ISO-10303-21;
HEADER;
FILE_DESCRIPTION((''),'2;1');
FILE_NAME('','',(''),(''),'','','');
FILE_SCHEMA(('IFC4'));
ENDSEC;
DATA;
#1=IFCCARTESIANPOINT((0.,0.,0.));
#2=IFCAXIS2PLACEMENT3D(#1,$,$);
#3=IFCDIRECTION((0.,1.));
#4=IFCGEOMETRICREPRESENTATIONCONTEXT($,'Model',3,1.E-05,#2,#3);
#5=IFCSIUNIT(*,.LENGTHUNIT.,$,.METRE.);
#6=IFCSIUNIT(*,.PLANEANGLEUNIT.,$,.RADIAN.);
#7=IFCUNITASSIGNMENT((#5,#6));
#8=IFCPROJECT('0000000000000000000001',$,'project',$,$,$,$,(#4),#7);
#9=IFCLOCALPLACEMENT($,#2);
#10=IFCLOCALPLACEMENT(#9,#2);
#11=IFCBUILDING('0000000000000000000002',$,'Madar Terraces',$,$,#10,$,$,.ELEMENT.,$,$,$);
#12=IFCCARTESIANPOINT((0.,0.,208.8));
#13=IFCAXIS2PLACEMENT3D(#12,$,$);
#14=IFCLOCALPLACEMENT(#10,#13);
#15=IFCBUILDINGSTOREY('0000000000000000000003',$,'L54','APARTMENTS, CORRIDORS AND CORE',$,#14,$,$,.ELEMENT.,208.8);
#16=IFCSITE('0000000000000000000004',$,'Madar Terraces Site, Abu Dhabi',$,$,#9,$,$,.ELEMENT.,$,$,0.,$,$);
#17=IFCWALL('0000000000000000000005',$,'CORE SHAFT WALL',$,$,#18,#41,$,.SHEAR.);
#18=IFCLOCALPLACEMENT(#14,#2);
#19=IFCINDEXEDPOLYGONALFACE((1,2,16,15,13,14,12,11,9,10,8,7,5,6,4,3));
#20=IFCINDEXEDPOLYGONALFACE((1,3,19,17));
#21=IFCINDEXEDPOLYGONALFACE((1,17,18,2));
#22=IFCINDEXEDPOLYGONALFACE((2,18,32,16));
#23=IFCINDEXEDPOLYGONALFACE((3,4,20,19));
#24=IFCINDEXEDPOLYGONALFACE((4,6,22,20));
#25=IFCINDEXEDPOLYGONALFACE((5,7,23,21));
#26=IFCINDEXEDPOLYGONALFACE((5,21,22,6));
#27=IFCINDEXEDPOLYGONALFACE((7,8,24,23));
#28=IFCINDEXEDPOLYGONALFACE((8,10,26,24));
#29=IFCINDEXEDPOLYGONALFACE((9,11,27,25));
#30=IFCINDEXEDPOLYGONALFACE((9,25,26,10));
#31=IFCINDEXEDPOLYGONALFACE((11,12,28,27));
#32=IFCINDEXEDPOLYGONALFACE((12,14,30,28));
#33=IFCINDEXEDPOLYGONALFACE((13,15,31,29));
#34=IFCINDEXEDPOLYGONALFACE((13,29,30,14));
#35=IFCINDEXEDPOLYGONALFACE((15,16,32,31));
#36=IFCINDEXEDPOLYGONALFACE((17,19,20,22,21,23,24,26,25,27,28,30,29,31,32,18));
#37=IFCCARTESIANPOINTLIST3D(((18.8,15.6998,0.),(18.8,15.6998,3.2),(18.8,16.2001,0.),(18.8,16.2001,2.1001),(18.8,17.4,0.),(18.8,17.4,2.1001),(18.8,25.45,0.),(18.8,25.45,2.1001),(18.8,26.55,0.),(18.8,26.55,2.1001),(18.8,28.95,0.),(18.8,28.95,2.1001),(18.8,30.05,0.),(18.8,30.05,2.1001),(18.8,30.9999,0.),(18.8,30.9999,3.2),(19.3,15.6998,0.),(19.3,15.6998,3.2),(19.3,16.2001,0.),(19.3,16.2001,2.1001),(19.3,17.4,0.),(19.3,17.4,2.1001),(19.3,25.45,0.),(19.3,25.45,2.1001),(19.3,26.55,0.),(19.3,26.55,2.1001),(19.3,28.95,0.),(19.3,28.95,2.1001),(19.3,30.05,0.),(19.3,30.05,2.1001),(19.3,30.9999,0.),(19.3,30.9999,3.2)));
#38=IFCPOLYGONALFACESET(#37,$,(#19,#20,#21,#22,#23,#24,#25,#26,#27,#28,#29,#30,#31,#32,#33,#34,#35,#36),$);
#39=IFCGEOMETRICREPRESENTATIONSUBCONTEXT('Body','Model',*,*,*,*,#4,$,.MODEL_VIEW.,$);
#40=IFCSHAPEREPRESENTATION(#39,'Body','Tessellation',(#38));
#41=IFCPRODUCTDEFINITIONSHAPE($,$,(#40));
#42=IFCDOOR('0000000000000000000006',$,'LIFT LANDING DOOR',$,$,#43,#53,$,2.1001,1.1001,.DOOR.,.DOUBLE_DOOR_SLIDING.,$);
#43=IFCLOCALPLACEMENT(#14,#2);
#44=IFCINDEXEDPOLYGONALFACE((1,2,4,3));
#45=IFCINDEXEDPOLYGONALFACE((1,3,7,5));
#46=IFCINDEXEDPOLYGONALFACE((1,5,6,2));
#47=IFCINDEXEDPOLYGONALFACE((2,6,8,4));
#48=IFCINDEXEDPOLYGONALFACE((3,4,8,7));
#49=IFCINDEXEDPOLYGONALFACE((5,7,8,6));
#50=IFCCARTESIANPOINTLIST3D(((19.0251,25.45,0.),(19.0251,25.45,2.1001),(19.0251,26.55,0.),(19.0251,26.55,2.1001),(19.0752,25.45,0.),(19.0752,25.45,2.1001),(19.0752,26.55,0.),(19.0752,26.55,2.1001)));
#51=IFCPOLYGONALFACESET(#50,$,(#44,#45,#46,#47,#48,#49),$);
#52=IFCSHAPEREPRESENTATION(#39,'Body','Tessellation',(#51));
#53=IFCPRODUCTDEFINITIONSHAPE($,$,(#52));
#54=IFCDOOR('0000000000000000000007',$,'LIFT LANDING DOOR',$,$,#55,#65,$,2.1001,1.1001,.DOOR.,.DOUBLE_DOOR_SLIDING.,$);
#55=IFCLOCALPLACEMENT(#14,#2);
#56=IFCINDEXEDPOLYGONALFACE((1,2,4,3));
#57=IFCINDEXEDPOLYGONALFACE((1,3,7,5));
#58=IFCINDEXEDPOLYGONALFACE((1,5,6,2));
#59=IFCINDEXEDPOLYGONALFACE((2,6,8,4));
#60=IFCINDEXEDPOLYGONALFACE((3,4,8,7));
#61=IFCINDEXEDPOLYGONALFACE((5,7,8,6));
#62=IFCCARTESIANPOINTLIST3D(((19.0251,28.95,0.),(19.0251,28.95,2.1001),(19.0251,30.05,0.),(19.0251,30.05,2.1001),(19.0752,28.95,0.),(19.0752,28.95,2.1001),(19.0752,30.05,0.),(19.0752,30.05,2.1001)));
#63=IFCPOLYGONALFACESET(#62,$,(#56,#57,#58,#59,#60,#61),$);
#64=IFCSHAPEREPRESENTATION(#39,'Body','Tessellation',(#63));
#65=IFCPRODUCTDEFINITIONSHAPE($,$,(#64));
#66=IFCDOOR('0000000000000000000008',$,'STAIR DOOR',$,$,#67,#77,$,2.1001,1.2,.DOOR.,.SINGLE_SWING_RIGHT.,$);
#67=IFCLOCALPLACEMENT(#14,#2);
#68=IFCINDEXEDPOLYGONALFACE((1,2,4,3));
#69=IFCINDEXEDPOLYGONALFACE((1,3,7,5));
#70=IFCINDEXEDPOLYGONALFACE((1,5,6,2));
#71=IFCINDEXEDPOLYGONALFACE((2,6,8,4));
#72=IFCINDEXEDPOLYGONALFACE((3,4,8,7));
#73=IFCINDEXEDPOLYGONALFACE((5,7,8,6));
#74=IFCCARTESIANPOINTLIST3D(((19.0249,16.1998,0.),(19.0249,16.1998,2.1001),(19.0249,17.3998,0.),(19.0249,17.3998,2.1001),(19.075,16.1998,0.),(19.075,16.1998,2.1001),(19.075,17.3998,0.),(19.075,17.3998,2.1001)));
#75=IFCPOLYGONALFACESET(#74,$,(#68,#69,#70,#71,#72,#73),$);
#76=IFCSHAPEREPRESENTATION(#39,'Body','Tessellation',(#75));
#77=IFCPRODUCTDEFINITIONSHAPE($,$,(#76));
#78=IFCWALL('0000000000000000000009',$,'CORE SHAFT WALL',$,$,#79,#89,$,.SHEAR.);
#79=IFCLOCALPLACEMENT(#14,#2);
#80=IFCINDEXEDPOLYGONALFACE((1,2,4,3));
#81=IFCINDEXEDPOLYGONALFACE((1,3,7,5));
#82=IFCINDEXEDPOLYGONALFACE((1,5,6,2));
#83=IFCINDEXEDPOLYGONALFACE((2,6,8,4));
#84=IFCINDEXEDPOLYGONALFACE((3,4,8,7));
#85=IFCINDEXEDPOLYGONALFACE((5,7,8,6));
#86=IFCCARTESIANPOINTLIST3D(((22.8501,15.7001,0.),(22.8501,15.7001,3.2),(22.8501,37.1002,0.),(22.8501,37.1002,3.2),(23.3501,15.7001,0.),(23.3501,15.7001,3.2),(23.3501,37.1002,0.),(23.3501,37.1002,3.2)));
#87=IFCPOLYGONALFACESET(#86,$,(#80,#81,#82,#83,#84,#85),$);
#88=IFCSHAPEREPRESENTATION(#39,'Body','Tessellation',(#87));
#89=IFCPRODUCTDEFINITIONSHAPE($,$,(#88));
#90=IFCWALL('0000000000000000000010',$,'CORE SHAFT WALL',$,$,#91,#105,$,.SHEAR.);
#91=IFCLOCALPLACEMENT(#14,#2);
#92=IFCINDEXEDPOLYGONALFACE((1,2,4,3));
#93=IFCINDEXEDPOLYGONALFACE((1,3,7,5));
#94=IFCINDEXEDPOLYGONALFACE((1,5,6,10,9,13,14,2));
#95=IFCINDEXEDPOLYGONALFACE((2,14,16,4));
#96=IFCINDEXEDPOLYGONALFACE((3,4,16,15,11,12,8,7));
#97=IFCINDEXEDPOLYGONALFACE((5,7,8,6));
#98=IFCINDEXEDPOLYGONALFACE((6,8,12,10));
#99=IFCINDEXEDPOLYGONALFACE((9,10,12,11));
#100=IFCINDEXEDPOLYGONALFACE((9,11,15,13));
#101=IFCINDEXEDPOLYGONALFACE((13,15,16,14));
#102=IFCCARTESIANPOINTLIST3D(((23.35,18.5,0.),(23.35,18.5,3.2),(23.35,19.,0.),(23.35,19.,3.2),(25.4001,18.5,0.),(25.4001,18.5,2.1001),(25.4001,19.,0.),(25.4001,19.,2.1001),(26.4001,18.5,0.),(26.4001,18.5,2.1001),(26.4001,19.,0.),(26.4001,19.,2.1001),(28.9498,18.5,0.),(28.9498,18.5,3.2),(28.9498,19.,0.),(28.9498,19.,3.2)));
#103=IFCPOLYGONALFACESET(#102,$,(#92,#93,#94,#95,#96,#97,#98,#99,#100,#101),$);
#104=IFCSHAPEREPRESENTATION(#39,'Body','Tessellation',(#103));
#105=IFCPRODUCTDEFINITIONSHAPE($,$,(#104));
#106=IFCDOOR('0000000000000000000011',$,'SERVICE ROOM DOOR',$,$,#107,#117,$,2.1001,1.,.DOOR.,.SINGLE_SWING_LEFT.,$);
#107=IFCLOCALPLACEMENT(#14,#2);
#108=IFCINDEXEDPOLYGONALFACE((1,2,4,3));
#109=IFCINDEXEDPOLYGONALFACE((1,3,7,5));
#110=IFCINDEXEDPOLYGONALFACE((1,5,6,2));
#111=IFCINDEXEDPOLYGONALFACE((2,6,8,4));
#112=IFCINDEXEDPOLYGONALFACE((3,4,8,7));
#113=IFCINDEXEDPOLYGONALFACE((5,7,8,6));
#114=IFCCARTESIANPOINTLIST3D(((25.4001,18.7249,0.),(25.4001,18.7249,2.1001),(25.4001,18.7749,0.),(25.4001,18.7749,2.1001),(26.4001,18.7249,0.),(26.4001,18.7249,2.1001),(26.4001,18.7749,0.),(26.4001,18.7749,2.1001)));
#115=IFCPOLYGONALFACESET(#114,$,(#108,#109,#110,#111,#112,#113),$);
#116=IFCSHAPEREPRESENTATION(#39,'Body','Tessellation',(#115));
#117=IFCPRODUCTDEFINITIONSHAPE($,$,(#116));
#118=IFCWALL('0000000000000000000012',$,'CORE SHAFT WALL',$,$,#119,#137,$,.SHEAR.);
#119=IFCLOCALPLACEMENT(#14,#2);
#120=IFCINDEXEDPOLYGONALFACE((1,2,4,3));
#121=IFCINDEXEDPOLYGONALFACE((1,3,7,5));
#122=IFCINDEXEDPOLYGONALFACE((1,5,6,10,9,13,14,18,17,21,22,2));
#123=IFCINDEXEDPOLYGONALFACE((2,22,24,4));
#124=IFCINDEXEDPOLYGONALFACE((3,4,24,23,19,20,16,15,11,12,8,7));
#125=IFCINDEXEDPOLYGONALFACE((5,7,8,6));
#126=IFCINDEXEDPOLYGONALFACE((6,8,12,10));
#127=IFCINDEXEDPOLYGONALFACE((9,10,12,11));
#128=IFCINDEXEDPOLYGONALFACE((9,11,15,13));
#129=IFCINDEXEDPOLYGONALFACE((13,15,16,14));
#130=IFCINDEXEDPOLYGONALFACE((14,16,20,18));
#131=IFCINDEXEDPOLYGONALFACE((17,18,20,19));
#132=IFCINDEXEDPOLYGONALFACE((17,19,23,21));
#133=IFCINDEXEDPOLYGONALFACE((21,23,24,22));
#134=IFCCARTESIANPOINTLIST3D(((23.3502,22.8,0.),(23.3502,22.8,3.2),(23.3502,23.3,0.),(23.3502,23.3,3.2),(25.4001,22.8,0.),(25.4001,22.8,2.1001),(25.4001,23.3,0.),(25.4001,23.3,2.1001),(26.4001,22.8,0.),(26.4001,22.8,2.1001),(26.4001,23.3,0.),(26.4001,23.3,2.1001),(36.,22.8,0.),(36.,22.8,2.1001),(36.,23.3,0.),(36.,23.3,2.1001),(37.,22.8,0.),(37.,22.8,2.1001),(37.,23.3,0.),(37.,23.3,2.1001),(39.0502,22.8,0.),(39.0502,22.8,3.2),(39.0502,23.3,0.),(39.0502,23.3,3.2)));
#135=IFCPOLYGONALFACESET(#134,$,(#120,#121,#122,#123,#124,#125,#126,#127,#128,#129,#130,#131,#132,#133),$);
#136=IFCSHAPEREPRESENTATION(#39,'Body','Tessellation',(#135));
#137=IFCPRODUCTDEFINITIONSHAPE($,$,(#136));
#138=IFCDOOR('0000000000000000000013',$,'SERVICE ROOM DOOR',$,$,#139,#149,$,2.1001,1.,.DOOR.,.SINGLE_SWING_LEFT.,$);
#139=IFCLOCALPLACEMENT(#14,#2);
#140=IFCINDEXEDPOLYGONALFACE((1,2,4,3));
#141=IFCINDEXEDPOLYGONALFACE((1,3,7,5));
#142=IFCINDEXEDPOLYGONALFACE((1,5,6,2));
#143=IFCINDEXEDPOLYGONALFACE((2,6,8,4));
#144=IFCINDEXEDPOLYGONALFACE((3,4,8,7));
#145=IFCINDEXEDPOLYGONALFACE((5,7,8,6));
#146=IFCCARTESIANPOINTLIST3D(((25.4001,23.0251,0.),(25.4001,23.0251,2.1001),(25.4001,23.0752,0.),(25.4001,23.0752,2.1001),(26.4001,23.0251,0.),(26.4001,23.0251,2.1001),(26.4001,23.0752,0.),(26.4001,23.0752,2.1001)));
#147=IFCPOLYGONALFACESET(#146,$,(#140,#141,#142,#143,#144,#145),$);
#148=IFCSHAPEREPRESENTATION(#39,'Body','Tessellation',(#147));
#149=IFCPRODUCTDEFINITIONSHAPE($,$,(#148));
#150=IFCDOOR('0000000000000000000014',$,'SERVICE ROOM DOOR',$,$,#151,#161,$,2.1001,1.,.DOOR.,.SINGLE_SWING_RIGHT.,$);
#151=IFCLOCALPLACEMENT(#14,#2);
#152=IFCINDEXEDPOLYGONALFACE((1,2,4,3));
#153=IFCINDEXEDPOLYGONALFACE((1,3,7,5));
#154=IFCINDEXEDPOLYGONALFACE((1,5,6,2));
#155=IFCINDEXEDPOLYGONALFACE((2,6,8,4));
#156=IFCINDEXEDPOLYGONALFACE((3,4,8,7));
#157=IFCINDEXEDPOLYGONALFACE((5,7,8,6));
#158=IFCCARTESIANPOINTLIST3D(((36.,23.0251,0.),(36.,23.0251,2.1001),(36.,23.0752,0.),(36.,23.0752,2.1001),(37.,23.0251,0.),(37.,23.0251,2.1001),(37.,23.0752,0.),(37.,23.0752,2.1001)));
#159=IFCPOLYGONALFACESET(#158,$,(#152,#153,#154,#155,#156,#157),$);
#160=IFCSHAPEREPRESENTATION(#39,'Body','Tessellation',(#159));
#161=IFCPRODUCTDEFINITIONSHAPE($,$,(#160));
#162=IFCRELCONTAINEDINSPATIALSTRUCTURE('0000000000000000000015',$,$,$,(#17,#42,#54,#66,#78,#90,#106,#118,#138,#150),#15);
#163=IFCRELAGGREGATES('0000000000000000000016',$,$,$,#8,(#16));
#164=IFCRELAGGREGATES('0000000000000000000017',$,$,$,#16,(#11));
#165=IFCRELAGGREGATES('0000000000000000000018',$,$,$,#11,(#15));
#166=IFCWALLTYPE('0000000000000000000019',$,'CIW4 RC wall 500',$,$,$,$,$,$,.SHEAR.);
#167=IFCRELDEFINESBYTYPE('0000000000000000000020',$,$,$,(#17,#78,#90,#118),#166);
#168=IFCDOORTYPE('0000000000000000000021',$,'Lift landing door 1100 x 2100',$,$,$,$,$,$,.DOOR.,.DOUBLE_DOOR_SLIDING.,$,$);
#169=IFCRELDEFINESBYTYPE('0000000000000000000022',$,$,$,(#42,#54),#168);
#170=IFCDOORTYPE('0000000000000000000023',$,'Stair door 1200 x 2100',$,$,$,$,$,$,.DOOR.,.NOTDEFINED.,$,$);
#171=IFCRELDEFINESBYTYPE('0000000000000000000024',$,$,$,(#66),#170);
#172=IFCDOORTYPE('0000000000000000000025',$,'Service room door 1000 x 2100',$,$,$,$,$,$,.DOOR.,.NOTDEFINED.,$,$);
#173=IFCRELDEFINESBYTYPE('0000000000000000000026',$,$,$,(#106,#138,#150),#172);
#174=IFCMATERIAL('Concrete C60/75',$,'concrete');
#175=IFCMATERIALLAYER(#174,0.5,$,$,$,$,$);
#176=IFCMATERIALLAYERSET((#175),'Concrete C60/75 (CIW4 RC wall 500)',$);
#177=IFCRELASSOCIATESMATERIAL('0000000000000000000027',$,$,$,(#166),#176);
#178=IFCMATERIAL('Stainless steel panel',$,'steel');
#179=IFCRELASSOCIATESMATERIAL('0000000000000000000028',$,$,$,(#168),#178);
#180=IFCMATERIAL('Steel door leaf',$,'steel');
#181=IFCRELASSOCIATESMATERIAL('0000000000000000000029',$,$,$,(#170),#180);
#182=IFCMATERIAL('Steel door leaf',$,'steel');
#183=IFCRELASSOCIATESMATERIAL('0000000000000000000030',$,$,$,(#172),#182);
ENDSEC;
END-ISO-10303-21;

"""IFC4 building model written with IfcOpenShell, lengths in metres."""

from ifc_helpers import new_model, si_unit, direction, frame, frame_2d, origin, place, context, subcontext, project, spatial, rectangle, extrude, material, layer, layer_set, type_object, element, fill, save


model = new_model("IFC4")

# Units and contexts
model_context = context("Model", 3, precision=1e-05, world=origin(), true_north=direction((0.0, 1.0)))
body_context = subcontext(model_context, "Body", "Model", "MODEL_VIEW")
ifc_project = project(units=[si_unit("LENGTHUNIT", "METRE"), si_unit("PLANEANGLEUNIT", "RADIAN")], contexts=[model_context])

# Site, building, storey
site_placement = place(None, origin())
site = spatial("IfcSite", under=ifc_project, at=site_placement, Name="Madar Terraces Site, Abu Dhabi", CompositionType="ELEMENT", RefElevation=0.0)
building_placement = place(site_placement, origin())
building = spatial("IfcBuilding", under=site, at=building_placement, Name="Madar Terraces", CompositionType="ELEMENT")
storey_placement = place(building_placement, frame((0.0, 0.0, 208.8)))
storey = spatial("IfcBuildingStorey", under=building, at=storey_placement, Name="L54", Description="APARTMENTS, CORRIDORS AND CORE", CompositionType="ELEMENT", Elevation=208.8)

# Wall, openings, doors
ifc_material_1 = material(Name="Concrete C60/75", Category="concrete")
ifc_layer_1 = layer(ifc_material_1, 0.5)
ifc_layer_set_1 = layer_set([ifc_layer_1], Name="Concrete C60/75 (CIW4 RC wall 500)")
wall_type_1 = type_object("IfcWallType", Name="CIW4 RC wall 500", PredefinedType="SHEAR", material=ifc_layer_set_1)
wall_1_placement = place(storey_placement, frame((19.05, 15.7, 0.0), z_axis=(0.0, 0.0, 1.0), x_axis=(0.0, 1.0, 0.0)))
wall_1 = element("IfcWall", 1, at=wall_1_placement, inside=storey, type_object=wall_type_1, Name="CORE SHAFT WALL", PredefinedType="SHEAR", context=body_context, shape_type="SweptSolid", body=[
    extrude(rectangle(XDim=15.3, YDim=0.5, at=frame_2d((7.6499, 0.0))), origin(), (0.0, 0.0, 1.0), 3.2),
])
opening_1_placement = place(wall_1_placement, frame((9.75, 0.0, 0.0)))
opening_1 = element("IfcOpeningElement", 2, at=opening_1_placement, cuts=wall_1, PredefinedType="OPENING", context=body_context, shape_type="SweptSolid", body=[
    extrude(rectangle(XDim=1.1001, YDim=2.1001, at=frame_2d((0.55, 1.05))), frame((0.0, 0.26, 0.0), z_axis=(0.0, -1.0, 0.0), x_axis=(1.0, 0.0, 0.0)), (0.0, 0.0, 1.0), 0.52),
])
opening_2_placement = place(wall_1_placement, frame((13.25, 0.0, 0.0)))
opening_2 = element("IfcOpeningElement", 3, at=opening_2_placement, cuts=wall_1, PredefinedType="OPENING", context=body_context, shape_type="SweptSolid", body=[
    extrude(rectangle(XDim=1.1001, YDim=2.1001, at=frame_2d((0.55, 1.05))), frame((0.0, 0.26, 0.0), z_axis=(0.0, -1.0, 0.0), x_axis=(1.0, 0.0, 0.0)), (0.0, 0.0, 1.0), 0.52),
])
opening_3_placement = place(wall_1_placement, frame((0.5, 0.0, 0.0)))
opening_3 = element("IfcOpeningElement", 4, at=opening_3_placement, cuts=wall_1, PredefinedType="OPENING", context=body_context, shape_type="SweptSolid", body=[
    extrude(rectangle(XDim=1.2, YDim=2.1001, at=frame_2d((0.6001, 1.05))), frame((0.0, 0.26, 0.0), z_axis=(0.0, -1.0, 0.0), x_axis=(1.0, 0.0, 0.0)), (0.0, 0.0, 1.0), 0.52),
])
ifc_material_2 = material(Name="Stainless steel panel", Category="steel")
door_type_1 = type_object("IfcDoorType", Name="Lift landing door 1100 x 2100", OperationType="DOUBLE_DOOR_SLIDING", PredefinedType="DOOR", material=ifc_material_2)
door_1_placement = place(opening_1_placement, origin())
door_1 = element("IfcDoor", 5, at=door_1_placement, inside=storey, type_object=door_type_1, Name="LIFT LANDING DOOR", OperationType="DOUBLE_DOOR_SLIDING", OverallHeight=2.1001, OverallWidth=1.1001, PredefinedType="DOOR", context=body_context, shape_type="SweptSolid", body=[
    extrude(rectangle(XDim=1.1001, YDim=2.1001, at=frame_2d((0.55, 1.05))), frame((0.0, 0.0249, 0.0), z_axis=(0.0, -1.0, 0.0), x_axis=(1.0, 0.0, 0.0)), (0.0, 0.0, 1.0), 0.05),
])
fill(opening_1, door_1)
door_2_placement = place(opening_2_placement, origin())
door_2 = element("IfcDoor", 6, at=door_2_placement, inside=storey, type_object=door_type_1, Name="LIFT LANDING DOOR", OperationType="DOUBLE_DOOR_SLIDING", OverallHeight=2.1001, OverallWidth=1.1001, PredefinedType="DOOR", context=body_context, shape_type="SweptSolid", body=[
    extrude(rectangle(XDim=1.1001, YDim=2.1001, at=frame_2d((0.55, 1.05))), frame((0.0, 0.0249, 0.0), z_axis=(0.0, -1.0, 0.0), x_axis=(1.0, 0.0, 0.0)), (0.0, 0.0, 1.0), 0.05),
])
fill(opening_2, door_2)
ifc_material_3 = material(Name="Steel door leaf", Category="steel")
door_type_2 = type_object("IfcDoorType", Name="Stair door 1200 x 2100", OperationType="NOTDEFINED", PredefinedType="DOOR", material=ifc_material_3)
door_3_placement = place(opening_3_placement, frame((1.2, 0.0, 0.0), z_axis=(0.0, 0.0, 1.0), x_axis=(-1.0, 0.0, 0.0)))
door_3 = element("IfcDoor", 7, at=door_3_placement, inside=storey, type_object=door_type_2, Name="STAIR DOOR", OperationType="SINGLE_SWING_RIGHT", OverallHeight=2.1001, OverallWidth=1.2, PredefinedType="DOOR", context=body_context, shape_type="SweptSolid", body=[
    extrude(rectangle(XDim=1.2, YDim=2.1001, at=frame_2d((0.6001, 1.05))), frame((0.0, 0.0249, 0.0), z_axis=(0.0, -1.0, 0.0), x_axis=(1.0, 0.0, 0.0)), (0.0, 0.0, 1.0), 0.05),
])
fill(opening_3, door_3)

# Wall
wall_2_placement = place(storey_placement, frame((23.1001, 15.7, 0.0), z_axis=(0.0, 0.0, 1.0), x_axis=(0.0, 1.0, 0.0)))
element("IfcWall", 8, at=wall_2_placement, inside=storey, type_object=wall_type_1, Name="CORE SHAFT WALL", PredefinedType="SHEAR", context=body_context, shape_type="SweptSolid", body=[
    extrude(rectangle(XDim=21.4001, YDim=0.5, at=frame_2d((10.7002, 0.0))), origin(), (0.0, 0.0, 1.0), 3.2),
])

# Wall, opening, door
wall_3_placement = place(storey_placement, frame((23.3501, 18.75, 0.0), z_axis=(0.0, 0.0, 1.0), x_axis=(1.0, 0.0, 0.0)))
wall_3 = element("IfcWall", 9, at=wall_3_placement, inside=storey, type_object=wall_type_1, Name="CORE SHAFT WALL", PredefinedType="SHEAR", context=body_context, shape_type="SweptSolid", body=[
    extrude(rectangle(XDim=5.5999, YDim=0.5, at=frame_2d((2.7998, 0.0))), origin(), (0.0, 0.0, 1.0), 3.2),
])
opening_4_placement = place(wall_3_placement, frame((2.05, 0.0, 0.0)))
opening_4 = element("IfcOpeningElement", 10, at=opening_4_placement, cuts=wall_3, PredefinedType="OPENING", context=body_context, shape_type="SweptSolid", body=[
    extrude(rectangle(XDim=1.0, YDim=2.1001, at=frame_2d((0.5, 1.05))), frame((0.0, 0.26, 0.0), z_axis=(0.0, -1.0, 0.0), x_axis=(1.0, 0.0, 0.0)), (0.0, 0.0, 1.0), 0.52),
])
ifc_material_4 = material(Name="Steel door leaf", Category="steel")
door_type_3 = type_object("IfcDoorType", Name="Service room door 1000 x 2100", OperationType="NOTDEFINED", PredefinedType="DOOR", material=ifc_material_4)
door_4_placement = place(opening_4_placement, origin())
door_4 = element("IfcDoor", 11, at=door_4_placement, inside=storey, type_object=door_type_3, Name="SERVICE ROOM DOOR", OperationType="SINGLE_SWING_LEFT", OverallHeight=2.1001, OverallWidth=1.0, PredefinedType="DOOR", context=body_context, shape_type="SweptSolid", body=[
    extrude(rectangle(XDim=1.0, YDim=2.1001, at=frame_2d((0.5, 1.05))), frame((0.0, 0.0249, 0.0), z_axis=(0.0, -1.0, 0.0), x_axis=(1.0, 0.0, 0.0)), (0.0, 0.0, 1.0), 0.05),
])
fill(opening_4, door_4)

# Wall, openings, doors
wall_4_placement = place(storey_placement, frame((23.3501, 23.05, 0.0), z_axis=(0.0, 0.0, 1.0), x_axis=(1.0, 0.0, 0.0)))
wall_4 = element("IfcWall", 12, at=wall_4_placement, inside=storey, type_object=wall_type_1, Name="CORE SHAFT WALL", PredefinedType="SHEAR", context=body_context, shape_type="SweptSolid", body=[
    extrude(rectangle(XDim=15.7, YDim=0.5, at=frame_2d((7.8501, 0.0))), origin(), (0.0, 0.0, 1.0), 3.2),
])
opening_5_placement = place(wall_4_placement, frame((2.05, 0.0, 0.0)))
opening_5 = element("IfcOpeningElement", 13, at=opening_5_placement, cuts=wall_4, PredefinedType="OPENING", context=body_context, shape_type="SweptSolid", body=[
    extrude(rectangle(XDim=1.0, YDim=2.1001, at=frame_2d((0.5, 1.05))), frame((0.0, 0.26, 0.0), z_axis=(0.0, -1.0, 0.0), x_axis=(1.0, 0.0, 0.0)), (0.0, 0.0, 1.0), 0.52),
])
opening_6_placement = place(wall_4_placement, frame((12.6499, 0.0, 0.0)))
opening_6 = element("IfcOpeningElement", 14, at=opening_6_placement, cuts=wall_4, PredefinedType="OPENING", context=body_context, shape_type="SweptSolid", body=[
    extrude(rectangle(XDim=1.0, YDim=2.1001, at=frame_2d((0.5, 1.05))), frame((0.0, 0.26, 0.0), z_axis=(0.0, -1.0, 0.0), x_axis=(1.0, 0.0, 0.0)), (0.0, 0.0, 1.0), 0.52),
])
door_5_placement = place(opening_5_placement, frame((1.0, 0.0, 0.0), z_axis=(0.0, 0.0, 1.0), x_axis=(-1.0, 0.0, 0.0)))
door_5 = element("IfcDoor", 15, at=door_5_placement, inside=storey, type_object=door_type_3, Name="SERVICE ROOM DOOR", OperationType="SINGLE_SWING_LEFT", OverallHeight=2.1001, OverallWidth=1.0, PredefinedType="DOOR", context=body_context, shape_type="SweptSolid", body=[
    extrude(rectangle(XDim=1.0, YDim=2.1001, at=frame_2d((0.5, 1.05))), frame((0.0, 0.0249, 0.0), z_axis=(0.0, -1.0, 0.0), x_axis=(1.0, 0.0, 0.0)), (0.0, 0.0, 1.0), 0.05),
])
fill(opening_5, door_5)
door_6_placement = place(opening_6_placement, frame((1.0, 0.0, 0.0), z_axis=(0.0, 0.0, 1.0), x_axis=(-1.0, 0.0, 0.0)))
door_6 = element("IfcDoor", 16, at=door_6_placement, inside=storey, type_object=door_type_3, Name="SERVICE ROOM DOOR", OperationType="SINGLE_SWING_RIGHT", OverallHeight=2.1001, OverallWidth=1.0, PredefinedType="DOOR", context=body_context, shape_type="SweptSolid", body=[
    extrude(rectangle(XDim=1.0, YDim=2.1001, at=frame_2d((0.5, 1.05))), frame((0.0, 0.0249, 0.0), z_axis=(0.0, -1.0, 0.0), x_axis=(1.0, 0.0, 0.0)), (0.0, 0.0, 1.0), 0.05),
])
fill(opening_6, door_6)

save(model, "model.ifc")
